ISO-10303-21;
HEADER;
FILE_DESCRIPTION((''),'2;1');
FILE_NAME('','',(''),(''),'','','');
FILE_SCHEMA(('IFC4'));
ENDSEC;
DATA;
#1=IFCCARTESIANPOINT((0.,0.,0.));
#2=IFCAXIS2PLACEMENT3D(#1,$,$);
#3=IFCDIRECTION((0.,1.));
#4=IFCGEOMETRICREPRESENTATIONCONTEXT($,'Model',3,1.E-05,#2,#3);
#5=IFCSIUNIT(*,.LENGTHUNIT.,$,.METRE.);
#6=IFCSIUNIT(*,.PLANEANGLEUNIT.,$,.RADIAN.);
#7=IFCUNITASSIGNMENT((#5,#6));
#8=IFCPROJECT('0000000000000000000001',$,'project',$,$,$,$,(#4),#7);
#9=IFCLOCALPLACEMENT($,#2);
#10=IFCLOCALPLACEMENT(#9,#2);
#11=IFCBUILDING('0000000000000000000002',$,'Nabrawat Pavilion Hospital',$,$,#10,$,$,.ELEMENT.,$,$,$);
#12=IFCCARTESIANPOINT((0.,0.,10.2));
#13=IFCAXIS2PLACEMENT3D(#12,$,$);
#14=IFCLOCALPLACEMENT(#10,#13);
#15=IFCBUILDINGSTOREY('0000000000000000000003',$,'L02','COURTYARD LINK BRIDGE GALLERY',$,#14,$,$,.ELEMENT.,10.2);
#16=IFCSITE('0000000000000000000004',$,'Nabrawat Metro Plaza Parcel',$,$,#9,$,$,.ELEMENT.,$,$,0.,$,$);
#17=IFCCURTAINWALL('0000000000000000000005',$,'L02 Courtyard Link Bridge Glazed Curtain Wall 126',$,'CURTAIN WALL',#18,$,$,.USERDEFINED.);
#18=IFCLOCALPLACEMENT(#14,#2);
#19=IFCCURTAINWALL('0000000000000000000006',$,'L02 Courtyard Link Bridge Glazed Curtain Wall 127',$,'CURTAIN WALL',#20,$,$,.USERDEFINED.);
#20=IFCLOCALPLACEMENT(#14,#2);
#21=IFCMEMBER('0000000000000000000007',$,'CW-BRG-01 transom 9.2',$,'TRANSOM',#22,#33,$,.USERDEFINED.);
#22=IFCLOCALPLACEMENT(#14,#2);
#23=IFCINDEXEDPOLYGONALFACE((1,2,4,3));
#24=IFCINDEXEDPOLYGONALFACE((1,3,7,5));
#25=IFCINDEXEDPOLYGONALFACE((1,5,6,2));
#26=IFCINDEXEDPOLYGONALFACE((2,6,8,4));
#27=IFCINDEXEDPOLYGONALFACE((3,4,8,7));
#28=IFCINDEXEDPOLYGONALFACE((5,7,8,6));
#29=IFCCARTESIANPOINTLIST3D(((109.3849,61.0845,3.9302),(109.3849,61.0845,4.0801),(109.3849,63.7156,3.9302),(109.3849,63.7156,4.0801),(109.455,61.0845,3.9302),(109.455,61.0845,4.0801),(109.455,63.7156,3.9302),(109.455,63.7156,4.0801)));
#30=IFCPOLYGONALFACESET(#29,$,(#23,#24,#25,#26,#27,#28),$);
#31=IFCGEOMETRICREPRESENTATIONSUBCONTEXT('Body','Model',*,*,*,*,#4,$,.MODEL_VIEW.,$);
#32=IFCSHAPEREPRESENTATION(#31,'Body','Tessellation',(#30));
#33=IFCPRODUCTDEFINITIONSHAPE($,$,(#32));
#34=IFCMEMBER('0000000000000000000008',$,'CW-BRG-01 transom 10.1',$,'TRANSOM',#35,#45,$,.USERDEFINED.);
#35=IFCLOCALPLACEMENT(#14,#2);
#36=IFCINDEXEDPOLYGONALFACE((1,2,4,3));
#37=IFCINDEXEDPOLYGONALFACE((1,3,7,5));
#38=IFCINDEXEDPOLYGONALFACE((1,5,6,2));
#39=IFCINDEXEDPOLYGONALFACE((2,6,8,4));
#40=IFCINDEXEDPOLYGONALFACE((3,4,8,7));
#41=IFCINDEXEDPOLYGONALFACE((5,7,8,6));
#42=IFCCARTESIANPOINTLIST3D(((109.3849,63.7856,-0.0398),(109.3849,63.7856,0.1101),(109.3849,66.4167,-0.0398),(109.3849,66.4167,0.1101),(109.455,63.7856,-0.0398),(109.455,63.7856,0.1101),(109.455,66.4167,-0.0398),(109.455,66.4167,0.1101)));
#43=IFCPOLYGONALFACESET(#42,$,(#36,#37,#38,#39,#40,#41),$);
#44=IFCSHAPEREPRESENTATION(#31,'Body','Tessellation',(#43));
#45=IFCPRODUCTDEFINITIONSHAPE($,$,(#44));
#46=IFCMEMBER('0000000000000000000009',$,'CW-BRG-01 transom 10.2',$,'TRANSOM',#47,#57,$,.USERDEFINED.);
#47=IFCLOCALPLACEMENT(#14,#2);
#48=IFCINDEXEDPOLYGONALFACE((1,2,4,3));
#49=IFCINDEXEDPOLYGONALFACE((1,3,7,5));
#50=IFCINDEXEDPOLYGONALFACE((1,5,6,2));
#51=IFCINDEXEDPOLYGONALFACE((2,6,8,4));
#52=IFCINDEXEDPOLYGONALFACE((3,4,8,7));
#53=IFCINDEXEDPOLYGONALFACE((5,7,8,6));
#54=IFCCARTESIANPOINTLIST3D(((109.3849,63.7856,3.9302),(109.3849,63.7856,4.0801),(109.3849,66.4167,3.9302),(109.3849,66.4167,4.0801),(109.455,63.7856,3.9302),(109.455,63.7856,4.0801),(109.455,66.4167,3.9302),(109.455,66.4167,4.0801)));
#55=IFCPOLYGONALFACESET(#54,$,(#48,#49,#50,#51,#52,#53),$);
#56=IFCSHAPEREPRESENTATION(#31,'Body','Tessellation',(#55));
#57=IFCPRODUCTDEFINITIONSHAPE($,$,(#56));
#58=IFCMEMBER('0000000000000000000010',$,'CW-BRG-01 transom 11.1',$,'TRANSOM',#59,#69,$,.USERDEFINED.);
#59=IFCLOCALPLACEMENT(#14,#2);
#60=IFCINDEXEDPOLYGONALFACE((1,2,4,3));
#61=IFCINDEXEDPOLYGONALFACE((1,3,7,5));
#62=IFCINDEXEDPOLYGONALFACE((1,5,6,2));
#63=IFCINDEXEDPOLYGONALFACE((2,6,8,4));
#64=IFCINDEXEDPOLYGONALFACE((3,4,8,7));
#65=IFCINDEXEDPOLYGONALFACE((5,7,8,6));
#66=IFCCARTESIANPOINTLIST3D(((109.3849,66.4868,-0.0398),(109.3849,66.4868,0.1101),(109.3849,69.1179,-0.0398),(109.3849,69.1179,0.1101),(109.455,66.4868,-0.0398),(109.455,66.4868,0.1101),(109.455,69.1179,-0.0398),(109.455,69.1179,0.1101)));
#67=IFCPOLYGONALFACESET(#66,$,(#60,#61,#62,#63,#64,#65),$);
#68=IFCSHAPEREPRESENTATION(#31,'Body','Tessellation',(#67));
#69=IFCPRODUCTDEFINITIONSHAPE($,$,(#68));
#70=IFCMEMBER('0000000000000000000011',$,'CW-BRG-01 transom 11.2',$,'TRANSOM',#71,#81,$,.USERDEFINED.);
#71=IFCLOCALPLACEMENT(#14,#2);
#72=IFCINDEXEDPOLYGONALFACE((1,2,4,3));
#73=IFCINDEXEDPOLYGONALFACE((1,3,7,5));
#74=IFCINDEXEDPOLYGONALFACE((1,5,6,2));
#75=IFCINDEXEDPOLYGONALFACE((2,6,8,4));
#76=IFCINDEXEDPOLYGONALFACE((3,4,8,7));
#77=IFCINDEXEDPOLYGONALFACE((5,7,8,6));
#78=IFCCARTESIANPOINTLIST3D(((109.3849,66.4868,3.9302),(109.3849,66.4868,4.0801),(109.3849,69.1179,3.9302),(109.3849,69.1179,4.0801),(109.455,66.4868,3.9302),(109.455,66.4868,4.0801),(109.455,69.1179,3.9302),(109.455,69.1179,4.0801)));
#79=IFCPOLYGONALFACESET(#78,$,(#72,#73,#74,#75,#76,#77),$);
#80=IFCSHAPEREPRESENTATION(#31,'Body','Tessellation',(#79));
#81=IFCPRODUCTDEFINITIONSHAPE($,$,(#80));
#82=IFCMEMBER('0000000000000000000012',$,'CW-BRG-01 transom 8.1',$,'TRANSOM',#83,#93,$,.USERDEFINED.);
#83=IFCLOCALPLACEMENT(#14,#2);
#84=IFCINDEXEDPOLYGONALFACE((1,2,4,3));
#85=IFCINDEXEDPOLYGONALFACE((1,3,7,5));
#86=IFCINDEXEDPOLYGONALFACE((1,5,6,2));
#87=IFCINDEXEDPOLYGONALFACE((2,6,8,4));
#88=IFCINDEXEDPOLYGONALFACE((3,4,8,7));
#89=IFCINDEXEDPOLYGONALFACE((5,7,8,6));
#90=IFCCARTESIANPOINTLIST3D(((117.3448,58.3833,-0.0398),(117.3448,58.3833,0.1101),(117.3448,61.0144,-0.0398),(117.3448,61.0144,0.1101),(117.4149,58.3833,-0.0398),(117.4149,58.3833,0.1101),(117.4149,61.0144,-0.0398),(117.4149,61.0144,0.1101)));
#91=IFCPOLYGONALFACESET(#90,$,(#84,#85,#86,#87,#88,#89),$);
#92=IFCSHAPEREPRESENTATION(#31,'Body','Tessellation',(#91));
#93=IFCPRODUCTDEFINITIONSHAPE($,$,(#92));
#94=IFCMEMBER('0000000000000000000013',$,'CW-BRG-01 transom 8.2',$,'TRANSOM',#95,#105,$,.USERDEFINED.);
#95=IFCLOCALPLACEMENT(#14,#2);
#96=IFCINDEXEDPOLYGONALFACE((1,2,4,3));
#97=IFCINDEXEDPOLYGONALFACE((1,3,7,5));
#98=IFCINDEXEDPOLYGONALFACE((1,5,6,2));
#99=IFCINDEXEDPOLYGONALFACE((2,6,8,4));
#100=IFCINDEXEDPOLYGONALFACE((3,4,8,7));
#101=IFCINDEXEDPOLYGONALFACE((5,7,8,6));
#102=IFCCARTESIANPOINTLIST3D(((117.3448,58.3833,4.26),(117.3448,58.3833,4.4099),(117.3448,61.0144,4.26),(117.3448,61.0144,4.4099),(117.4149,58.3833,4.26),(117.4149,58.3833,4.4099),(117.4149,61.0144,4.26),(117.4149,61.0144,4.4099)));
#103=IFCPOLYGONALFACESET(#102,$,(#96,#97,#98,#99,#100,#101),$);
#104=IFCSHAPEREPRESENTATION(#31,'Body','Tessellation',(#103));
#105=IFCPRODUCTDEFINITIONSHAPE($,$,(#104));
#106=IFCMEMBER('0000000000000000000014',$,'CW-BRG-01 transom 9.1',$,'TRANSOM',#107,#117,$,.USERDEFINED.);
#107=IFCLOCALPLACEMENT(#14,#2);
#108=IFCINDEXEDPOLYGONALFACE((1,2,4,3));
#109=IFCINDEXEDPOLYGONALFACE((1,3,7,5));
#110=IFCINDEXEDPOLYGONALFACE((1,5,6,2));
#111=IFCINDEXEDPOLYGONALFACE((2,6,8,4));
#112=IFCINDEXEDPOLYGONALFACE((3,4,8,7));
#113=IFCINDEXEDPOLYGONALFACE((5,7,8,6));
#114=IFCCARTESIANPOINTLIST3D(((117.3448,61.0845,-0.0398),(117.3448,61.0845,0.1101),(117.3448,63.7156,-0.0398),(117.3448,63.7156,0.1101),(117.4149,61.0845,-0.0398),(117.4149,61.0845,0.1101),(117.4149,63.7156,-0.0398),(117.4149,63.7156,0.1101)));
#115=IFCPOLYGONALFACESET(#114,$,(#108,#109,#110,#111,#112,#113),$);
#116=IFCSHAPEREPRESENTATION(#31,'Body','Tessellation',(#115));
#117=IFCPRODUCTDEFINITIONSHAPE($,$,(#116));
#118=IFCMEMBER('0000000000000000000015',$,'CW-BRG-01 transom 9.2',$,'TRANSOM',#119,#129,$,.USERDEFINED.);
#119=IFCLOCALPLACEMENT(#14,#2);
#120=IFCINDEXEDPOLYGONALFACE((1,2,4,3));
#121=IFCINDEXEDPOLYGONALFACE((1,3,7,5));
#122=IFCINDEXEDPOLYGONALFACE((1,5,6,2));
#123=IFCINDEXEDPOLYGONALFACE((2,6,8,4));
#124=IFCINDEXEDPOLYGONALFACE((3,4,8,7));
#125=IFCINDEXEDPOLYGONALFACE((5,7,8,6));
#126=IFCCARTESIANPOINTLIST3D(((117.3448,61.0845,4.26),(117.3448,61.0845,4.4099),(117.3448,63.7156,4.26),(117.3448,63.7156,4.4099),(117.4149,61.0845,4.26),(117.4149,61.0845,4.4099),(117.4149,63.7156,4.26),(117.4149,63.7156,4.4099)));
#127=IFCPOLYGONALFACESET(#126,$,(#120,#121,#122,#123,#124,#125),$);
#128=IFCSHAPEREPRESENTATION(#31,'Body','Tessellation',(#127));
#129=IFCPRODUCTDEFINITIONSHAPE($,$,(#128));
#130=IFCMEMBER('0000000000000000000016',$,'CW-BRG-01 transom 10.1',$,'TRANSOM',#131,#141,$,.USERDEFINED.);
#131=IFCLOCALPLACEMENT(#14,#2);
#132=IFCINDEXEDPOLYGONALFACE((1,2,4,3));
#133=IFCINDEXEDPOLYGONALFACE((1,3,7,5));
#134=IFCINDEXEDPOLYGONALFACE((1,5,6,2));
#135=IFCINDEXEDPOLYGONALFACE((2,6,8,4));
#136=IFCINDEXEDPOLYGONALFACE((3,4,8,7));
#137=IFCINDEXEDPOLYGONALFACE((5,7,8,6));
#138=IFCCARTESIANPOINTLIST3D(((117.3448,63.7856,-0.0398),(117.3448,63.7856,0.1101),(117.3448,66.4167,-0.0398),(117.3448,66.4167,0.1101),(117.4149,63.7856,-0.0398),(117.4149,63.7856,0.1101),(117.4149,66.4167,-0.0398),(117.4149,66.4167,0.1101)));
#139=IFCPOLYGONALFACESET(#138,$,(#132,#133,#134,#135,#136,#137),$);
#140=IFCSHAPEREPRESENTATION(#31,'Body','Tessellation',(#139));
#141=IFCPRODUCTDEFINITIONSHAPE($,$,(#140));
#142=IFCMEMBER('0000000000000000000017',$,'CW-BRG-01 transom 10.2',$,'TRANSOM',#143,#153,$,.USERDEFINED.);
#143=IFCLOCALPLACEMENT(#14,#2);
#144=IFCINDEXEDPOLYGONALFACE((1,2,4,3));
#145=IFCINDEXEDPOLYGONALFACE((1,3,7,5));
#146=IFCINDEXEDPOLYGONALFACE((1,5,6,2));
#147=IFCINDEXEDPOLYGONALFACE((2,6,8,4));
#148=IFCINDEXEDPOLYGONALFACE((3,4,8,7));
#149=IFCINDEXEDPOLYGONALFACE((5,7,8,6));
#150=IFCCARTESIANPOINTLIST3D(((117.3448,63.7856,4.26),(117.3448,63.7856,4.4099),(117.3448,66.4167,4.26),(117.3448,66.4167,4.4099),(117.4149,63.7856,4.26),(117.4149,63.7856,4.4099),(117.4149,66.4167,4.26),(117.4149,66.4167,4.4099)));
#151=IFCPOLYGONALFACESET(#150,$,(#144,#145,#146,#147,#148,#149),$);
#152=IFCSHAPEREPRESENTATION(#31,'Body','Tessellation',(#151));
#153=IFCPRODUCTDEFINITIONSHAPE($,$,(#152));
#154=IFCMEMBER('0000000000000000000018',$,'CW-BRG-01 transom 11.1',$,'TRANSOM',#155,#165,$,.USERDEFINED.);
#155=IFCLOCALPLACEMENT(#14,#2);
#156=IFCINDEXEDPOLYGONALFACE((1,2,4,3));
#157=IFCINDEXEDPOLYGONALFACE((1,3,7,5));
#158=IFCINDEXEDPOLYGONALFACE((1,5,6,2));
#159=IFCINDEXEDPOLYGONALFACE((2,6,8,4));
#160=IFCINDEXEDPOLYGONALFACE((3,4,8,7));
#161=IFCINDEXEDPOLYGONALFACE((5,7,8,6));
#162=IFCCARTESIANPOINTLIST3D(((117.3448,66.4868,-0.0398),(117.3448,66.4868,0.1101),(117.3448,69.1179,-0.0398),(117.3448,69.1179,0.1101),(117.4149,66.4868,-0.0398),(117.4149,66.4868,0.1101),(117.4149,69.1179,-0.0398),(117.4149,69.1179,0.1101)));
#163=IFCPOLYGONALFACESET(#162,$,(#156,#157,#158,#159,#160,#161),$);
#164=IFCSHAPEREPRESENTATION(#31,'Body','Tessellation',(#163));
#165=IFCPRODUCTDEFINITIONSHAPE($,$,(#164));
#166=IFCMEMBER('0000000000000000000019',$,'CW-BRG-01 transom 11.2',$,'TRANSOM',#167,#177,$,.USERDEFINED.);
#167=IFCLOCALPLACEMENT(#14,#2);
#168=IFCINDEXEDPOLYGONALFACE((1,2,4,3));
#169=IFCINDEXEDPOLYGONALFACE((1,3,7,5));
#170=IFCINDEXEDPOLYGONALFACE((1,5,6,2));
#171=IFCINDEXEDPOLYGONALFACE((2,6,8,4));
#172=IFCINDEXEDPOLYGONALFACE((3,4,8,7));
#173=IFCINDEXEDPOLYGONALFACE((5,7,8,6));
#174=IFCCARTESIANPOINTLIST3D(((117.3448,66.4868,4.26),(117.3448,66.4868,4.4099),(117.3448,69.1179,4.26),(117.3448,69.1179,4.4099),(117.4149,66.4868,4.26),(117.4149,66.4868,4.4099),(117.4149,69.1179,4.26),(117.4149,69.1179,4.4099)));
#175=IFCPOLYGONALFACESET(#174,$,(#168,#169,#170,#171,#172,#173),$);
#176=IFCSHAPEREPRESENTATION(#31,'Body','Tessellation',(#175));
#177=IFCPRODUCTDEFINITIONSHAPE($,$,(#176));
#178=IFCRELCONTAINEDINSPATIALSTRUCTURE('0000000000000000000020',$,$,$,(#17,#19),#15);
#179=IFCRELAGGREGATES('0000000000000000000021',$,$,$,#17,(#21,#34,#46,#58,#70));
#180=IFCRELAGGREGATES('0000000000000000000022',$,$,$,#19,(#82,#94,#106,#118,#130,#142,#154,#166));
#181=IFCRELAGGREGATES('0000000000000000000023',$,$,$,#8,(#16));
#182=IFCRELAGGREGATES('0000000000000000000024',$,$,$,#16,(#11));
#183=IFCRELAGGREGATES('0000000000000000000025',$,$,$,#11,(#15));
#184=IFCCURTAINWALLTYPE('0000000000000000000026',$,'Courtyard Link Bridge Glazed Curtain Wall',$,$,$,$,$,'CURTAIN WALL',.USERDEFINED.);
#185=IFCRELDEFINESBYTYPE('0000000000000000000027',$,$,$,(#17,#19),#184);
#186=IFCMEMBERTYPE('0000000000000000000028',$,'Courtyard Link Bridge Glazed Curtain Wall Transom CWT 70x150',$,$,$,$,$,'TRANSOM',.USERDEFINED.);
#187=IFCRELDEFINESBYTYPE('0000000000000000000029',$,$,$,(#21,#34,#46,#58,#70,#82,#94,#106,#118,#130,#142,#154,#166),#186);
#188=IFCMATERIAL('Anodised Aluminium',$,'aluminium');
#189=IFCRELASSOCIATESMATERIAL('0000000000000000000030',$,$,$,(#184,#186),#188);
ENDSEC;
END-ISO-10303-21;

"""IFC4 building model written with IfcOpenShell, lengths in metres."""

from ifc_helpers import new_model, si_unit, direction, frame, origin, origin_2d, place, context, subcontext, project, spatial, rectangle, extrude, material, material_profile, profile_set, type_object, element, aggregate, save


model = new_model("IFC4")

# Units and contexts
model_context = context("Model", 3, precision=1e-05, world=origin(), true_north=direction((0.0, 1.0)))
body_context = subcontext(model_context, "Body", "Model", "MODEL_VIEW")
ifc_project = project(units=[si_unit("LENGTHUNIT", "METRE"), si_unit("PLANEANGLEUNIT", "RADIAN")], contexts=[model_context])

# Site, building, storey
site_placement = place(None, origin())
site = spatial("IfcSite", under=ifc_project, at=site_placement, Name="Nabrawat Metro Plaza Parcel", CompositionType="ELEMENT", RefElevation=0.0)
building_placement = place(site_placement, origin())
building = spatial("IfcBuilding", under=site, at=building_placement, Name="Nabrawat Pavilion Hospital", CompositionType="ELEMENT")
storey_placement = place(building_placement, frame((0.0, 0.0, 10.2)))
storey = spatial("IfcBuildingStorey", under=building, at=storey_placement, Name="L02", Description="COURTYARD LINK BRIDGE GALLERY", CompositionType="ELEMENT", Elevation=10.2)

# Curtain walls
ifc_material_1 = material(Name="Anodised Aluminium", Category="aluminium")
curtain_wall_type = type_object("IfcCurtainWallType", Name="Courtyard Link Bridge Glazed Curtain Wall", ElementType="CURTAIN WALL", PredefinedType="USERDEFINED", material=ifc_material_1)
curtain_wall_1_placement = place(storey_placement, origin())
curtain_wall_1 = element("IfcCurtainWall", 1, at=curtain_wall_1_placement, inside=storey, type_object=curtain_wall_type, Name="L02 Courtyard Link Bridge Glazed Curtain Wall 126", ObjectType="CURTAIN WALL", PredefinedType="USERDEFINED")
curtain_wall_2_placement = place(storey_placement, origin())
curtain_wall_2 = element("IfcCurtainWall", 2, at=curtain_wall_2_placement, inside=storey, type_object=curtain_wall_type, Name="L02 Courtyard Link Bridge Glazed Curtain Wall 127", ObjectType="CURTAIN WALL", PredefinedType="USERDEFINED")

# Members
ifc_material_profile_1 = material_profile(ifc_material_1, rectangle(XDim=0.0701, YDim=0.1499, at=origin_2d()), Name="CWT 70x150")
ifc_profile_set_1 = profile_set([ifc_material_profile_1], Name="Anodised Aluminium")
member_type_1 = type_object("IfcMemberType", Name="Courtyard Link Bridge Glazed Curtain Wall Transom CWT 70x150", ElementType="TRANSOM", PredefinedType="USERDEFINED", material=ifc_profile_set_1)
member_1_placement = place(storey_placement, frame((109.4199, 61.0845, 4.0051), z_axis=(0.0, 1.0, 0.0), x_axis=(-1.0, 0.0, 0.0)))
member_1 = element("IfcMember", 3, at=member_1_placement, type_object=member_type_1, Name="CW-BRG-01 transom 9.2", ObjectType="TRANSOM", PredefinedType="USERDEFINED", context=body_context, shape_type="SweptSolid", body=[
    extrude(rectangle(XDim=0.0701, YDim=0.1499, at=origin_2d()), origin(), (0.0, 0.0, 1.0), 2.6311),
])
member_2_placement = place(storey_placement, frame((109.4199, 63.7856, 0.0352), z_axis=(0.0, 1.0, 0.0), x_axis=(-1.0, 0.0, 0.0)))
member_2 = element("IfcMember", 4, at=member_2_placement, type_object=member_type_1, Name="CW-BRG-01 transom 10.1", ObjectType="TRANSOM", PredefinedType="USERDEFINED", context=body_context, shape_type="SweptSolid", body=[
    extrude(rectangle(XDim=0.0701, YDim=0.1499, at=origin_2d()), origin(), (0.0, 0.0, 1.0), 2.6311),
])
member_3_placement = place(storey_placement, frame((109.4199, 63.7856, 4.0051), z_axis=(0.0, 1.0, 0.0), x_axis=(-1.0, 0.0, 0.0)))
member_3 = element("IfcMember", 5, at=member_3_placement, type_object=member_type_1, Name="CW-BRG-01 transom 10.2", ObjectType="TRANSOM", PredefinedType="USERDEFINED", context=body_context, shape_type="SweptSolid", body=[
    extrude(rectangle(XDim=0.0701, YDim=0.1499, at=origin_2d()), origin(), (0.0, 0.0, 1.0), 2.6311),
])
member_4_placement = place(storey_placement, frame((109.4199, 66.4868, 0.0352), z_axis=(0.0, 1.0, 0.0), x_axis=(-1.0, 0.0, 0.0)))
member_4 = element("IfcMember", 6, at=member_4_placement, type_object=member_type_1, Name="CW-BRG-01 transom 11.1", ObjectType="TRANSOM", PredefinedType="USERDEFINED", context=body_context, shape_type="SweptSolid", body=[
    extrude(rectangle(XDim=0.0701, YDim=0.1499, at=origin_2d()), origin(), (0.0, 0.0, 1.0), 2.6311),
])
member_5_placement = place(storey_placement, frame((109.4199, 66.4868, 4.0051), z_axis=(0.0, 1.0, 0.0), x_axis=(-1.0, 0.0, 0.0)))
member_5 = element("IfcMember", 7, at=member_5_placement, type_object=member_type_1, Name="CW-BRG-01 transom 11.2", ObjectType="TRANSOM", PredefinedType="USERDEFINED", context=body_context, shape_type="SweptSolid", body=[
    extrude(rectangle(XDim=0.0701, YDim=0.1499, at=origin_2d()), origin(), (0.0, 0.0, 1.0), 2.6311),
])
member_6_placement = place(storey_placement, frame((117.3799, 58.3833, 0.0352), z_axis=(0.0, 1.0, 0.0), x_axis=(-1.0, 0.0, 0.0)))
member_6 = element("IfcMember", 8, at=member_6_placement, type_object=member_type_1, Name="CW-BRG-01 transom 8.1", ObjectType="TRANSOM", PredefinedType="USERDEFINED", context=body_context, shape_type="SweptSolid", body=[
    extrude(rectangle(XDim=0.0701, YDim=0.1499, at=origin_2d()), origin(), (0.0, 0.0, 1.0), 2.6311),
])
member_7_placement = place(storey_placement, frame((117.3799, 58.3833, 4.335), z_axis=(0.0, 1.0, 0.0), x_axis=(-1.0, 0.0, 0.0)))
member_7 = element("IfcMember", 9, at=member_7_placement, type_object=member_type_1, Name="CW-BRG-01 transom 8.2", ObjectType="TRANSOM", PredefinedType="USERDEFINED", context=body_context, shape_type="SweptSolid", body=[
    extrude(rectangle(XDim=0.0701, YDim=0.1499, at=origin_2d()), origin(), (0.0, 0.0, 1.0), 2.6311),
])
member_8_placement = place(storey_placement, frame((117.3799, 61.0845, 0.0352), z_axis=(0.0, 1.0, 0.0), x_axis=(-1.0, 0.0, 0.0)))
member_8 = element("IfcMember", 10, at=member_8_placement, type_object=member_type_1, Name="CW-BRG-01 transom 9.1", ObjectType="TRANSOM", PredefinedType="USERDEFINED", context=body_context, shape_type="SweptSolid", body=[
    extrude(rectangle(XDim=0.0701, YDim=0.1499, at=origin_2d()), origin(), (0.0, 0.0, 1.0), 2.6311),
])
member_9_placement = place(storey_placement, frame((117.3799, 61.0845, 4.335), z_axis=(0.0, 1.0, 0.0), x_axis=(-1.0, 0.0, 0.0)))
member_9 = element("IfcMember", 11, at=member_9_placement, type_object=member_type_1, Name="CW-BRG-01 transom 9.2", ObjectType="TRANSOM", PredefinedType="USERDEFINED", context=body_context, shape_type="SweptSolid", body=[
    extrude(rectangle(XDim=0.0701, YDim=0.1499, at=origin_2d()), origin(), (0.0, 0.0, 1.0), 2.6311),
])
member_10_placement = place(storey_placement, frame((117.3799, 63.7856, 0.0352), z_axis=(0.0, 1.0, 0.0), x_axis=(-1.0, 0.0, 0.0)))
member_10 = element("IfcMember", 12, at=member_10_placement, type_object=member_type_1, Name="CW-BRG-01 transom 10.1", ObjectType="TRANSOM", PredefinedType="USERDEFINED", context=body_context, shape_type="SweptSolid", body=[
    extrude(rectangle(XDim=0.0701, YDim=0.1499, at=origin_2d()), origin(), (0.0, 0.0, 1.0), 2.6311),
])
member_11_placement = place(storey_placement, frame((117.3799, 63.7856, 4.335), z_axis=(0.0, 1.0, 0.0), x_axis=(-1.0, 0.0, 0.0)))
member_11 = element("IfcMember", 13, at=member_11_placement, type_object=member_type_1, Name="CW-BRG-01 transom 10.2", ObjectType="TRANSOM", PredefinedType="USERDEFINED", context=body_context, shape_type="SweptSolid", body=[
    extrude(rectangle(XDim=0.0701, YDim=0.1499, at=origin_2d()), origin(), (0.0, 0.0, 1.0), 2.6311),
])
member_12_placement = place(storey_placement, frame((117.3799, 66.4868, 0.0352), z_axis=(0.0, 1.0, 0.0), x_axis=(-1.0, 0.0, 0.0)))
member_12 = element("IfcMember", 14, at=member_12_placement, type_object=member_type_1, Name="CW-BRG-01 transom 11.1", ObjectType="TRANSOM", PredefinedType="USERDEFINED", context=body_context, shape_type="SweptSolid", body=[
    extrude(rectangle(XDim=0.0701, YDim=0.1499, at=origin_2d()), origin(), (0.0, 0.0, 1.0), 2.6311),
])
member_13_placement = place(storey_placement, frame((117.3799, 66.4868, 4.335), z_axis=(0.0, 1.0, 0.0), x_axis=(-1.0, 0.0, 0.0)))
member_13 = element("IfcMember", 15, at=member_13_placement, type_object=member_type_1, Name="CW-BRG-01 transom 11.2", ObjectType="TRANSOM", PredefinedType="USERDEFINED", context=body_context, shape_type="SweptSolid", body=[
    extrude(rectangle(XDim=0.0701, YDim=0.1499, at=origin_2d()), origin(), (0.0, 0.0, 1.0), 2.6311),
])

aggregate(curtain_wall_1, [member_1, member_2, member_3, member_4, member_5])
aggregate(curtain_wall_2, [member_6, member_7, member_8, member_9, member_10, member_11, member_12, member_13])

save(model, "model.ifc")
